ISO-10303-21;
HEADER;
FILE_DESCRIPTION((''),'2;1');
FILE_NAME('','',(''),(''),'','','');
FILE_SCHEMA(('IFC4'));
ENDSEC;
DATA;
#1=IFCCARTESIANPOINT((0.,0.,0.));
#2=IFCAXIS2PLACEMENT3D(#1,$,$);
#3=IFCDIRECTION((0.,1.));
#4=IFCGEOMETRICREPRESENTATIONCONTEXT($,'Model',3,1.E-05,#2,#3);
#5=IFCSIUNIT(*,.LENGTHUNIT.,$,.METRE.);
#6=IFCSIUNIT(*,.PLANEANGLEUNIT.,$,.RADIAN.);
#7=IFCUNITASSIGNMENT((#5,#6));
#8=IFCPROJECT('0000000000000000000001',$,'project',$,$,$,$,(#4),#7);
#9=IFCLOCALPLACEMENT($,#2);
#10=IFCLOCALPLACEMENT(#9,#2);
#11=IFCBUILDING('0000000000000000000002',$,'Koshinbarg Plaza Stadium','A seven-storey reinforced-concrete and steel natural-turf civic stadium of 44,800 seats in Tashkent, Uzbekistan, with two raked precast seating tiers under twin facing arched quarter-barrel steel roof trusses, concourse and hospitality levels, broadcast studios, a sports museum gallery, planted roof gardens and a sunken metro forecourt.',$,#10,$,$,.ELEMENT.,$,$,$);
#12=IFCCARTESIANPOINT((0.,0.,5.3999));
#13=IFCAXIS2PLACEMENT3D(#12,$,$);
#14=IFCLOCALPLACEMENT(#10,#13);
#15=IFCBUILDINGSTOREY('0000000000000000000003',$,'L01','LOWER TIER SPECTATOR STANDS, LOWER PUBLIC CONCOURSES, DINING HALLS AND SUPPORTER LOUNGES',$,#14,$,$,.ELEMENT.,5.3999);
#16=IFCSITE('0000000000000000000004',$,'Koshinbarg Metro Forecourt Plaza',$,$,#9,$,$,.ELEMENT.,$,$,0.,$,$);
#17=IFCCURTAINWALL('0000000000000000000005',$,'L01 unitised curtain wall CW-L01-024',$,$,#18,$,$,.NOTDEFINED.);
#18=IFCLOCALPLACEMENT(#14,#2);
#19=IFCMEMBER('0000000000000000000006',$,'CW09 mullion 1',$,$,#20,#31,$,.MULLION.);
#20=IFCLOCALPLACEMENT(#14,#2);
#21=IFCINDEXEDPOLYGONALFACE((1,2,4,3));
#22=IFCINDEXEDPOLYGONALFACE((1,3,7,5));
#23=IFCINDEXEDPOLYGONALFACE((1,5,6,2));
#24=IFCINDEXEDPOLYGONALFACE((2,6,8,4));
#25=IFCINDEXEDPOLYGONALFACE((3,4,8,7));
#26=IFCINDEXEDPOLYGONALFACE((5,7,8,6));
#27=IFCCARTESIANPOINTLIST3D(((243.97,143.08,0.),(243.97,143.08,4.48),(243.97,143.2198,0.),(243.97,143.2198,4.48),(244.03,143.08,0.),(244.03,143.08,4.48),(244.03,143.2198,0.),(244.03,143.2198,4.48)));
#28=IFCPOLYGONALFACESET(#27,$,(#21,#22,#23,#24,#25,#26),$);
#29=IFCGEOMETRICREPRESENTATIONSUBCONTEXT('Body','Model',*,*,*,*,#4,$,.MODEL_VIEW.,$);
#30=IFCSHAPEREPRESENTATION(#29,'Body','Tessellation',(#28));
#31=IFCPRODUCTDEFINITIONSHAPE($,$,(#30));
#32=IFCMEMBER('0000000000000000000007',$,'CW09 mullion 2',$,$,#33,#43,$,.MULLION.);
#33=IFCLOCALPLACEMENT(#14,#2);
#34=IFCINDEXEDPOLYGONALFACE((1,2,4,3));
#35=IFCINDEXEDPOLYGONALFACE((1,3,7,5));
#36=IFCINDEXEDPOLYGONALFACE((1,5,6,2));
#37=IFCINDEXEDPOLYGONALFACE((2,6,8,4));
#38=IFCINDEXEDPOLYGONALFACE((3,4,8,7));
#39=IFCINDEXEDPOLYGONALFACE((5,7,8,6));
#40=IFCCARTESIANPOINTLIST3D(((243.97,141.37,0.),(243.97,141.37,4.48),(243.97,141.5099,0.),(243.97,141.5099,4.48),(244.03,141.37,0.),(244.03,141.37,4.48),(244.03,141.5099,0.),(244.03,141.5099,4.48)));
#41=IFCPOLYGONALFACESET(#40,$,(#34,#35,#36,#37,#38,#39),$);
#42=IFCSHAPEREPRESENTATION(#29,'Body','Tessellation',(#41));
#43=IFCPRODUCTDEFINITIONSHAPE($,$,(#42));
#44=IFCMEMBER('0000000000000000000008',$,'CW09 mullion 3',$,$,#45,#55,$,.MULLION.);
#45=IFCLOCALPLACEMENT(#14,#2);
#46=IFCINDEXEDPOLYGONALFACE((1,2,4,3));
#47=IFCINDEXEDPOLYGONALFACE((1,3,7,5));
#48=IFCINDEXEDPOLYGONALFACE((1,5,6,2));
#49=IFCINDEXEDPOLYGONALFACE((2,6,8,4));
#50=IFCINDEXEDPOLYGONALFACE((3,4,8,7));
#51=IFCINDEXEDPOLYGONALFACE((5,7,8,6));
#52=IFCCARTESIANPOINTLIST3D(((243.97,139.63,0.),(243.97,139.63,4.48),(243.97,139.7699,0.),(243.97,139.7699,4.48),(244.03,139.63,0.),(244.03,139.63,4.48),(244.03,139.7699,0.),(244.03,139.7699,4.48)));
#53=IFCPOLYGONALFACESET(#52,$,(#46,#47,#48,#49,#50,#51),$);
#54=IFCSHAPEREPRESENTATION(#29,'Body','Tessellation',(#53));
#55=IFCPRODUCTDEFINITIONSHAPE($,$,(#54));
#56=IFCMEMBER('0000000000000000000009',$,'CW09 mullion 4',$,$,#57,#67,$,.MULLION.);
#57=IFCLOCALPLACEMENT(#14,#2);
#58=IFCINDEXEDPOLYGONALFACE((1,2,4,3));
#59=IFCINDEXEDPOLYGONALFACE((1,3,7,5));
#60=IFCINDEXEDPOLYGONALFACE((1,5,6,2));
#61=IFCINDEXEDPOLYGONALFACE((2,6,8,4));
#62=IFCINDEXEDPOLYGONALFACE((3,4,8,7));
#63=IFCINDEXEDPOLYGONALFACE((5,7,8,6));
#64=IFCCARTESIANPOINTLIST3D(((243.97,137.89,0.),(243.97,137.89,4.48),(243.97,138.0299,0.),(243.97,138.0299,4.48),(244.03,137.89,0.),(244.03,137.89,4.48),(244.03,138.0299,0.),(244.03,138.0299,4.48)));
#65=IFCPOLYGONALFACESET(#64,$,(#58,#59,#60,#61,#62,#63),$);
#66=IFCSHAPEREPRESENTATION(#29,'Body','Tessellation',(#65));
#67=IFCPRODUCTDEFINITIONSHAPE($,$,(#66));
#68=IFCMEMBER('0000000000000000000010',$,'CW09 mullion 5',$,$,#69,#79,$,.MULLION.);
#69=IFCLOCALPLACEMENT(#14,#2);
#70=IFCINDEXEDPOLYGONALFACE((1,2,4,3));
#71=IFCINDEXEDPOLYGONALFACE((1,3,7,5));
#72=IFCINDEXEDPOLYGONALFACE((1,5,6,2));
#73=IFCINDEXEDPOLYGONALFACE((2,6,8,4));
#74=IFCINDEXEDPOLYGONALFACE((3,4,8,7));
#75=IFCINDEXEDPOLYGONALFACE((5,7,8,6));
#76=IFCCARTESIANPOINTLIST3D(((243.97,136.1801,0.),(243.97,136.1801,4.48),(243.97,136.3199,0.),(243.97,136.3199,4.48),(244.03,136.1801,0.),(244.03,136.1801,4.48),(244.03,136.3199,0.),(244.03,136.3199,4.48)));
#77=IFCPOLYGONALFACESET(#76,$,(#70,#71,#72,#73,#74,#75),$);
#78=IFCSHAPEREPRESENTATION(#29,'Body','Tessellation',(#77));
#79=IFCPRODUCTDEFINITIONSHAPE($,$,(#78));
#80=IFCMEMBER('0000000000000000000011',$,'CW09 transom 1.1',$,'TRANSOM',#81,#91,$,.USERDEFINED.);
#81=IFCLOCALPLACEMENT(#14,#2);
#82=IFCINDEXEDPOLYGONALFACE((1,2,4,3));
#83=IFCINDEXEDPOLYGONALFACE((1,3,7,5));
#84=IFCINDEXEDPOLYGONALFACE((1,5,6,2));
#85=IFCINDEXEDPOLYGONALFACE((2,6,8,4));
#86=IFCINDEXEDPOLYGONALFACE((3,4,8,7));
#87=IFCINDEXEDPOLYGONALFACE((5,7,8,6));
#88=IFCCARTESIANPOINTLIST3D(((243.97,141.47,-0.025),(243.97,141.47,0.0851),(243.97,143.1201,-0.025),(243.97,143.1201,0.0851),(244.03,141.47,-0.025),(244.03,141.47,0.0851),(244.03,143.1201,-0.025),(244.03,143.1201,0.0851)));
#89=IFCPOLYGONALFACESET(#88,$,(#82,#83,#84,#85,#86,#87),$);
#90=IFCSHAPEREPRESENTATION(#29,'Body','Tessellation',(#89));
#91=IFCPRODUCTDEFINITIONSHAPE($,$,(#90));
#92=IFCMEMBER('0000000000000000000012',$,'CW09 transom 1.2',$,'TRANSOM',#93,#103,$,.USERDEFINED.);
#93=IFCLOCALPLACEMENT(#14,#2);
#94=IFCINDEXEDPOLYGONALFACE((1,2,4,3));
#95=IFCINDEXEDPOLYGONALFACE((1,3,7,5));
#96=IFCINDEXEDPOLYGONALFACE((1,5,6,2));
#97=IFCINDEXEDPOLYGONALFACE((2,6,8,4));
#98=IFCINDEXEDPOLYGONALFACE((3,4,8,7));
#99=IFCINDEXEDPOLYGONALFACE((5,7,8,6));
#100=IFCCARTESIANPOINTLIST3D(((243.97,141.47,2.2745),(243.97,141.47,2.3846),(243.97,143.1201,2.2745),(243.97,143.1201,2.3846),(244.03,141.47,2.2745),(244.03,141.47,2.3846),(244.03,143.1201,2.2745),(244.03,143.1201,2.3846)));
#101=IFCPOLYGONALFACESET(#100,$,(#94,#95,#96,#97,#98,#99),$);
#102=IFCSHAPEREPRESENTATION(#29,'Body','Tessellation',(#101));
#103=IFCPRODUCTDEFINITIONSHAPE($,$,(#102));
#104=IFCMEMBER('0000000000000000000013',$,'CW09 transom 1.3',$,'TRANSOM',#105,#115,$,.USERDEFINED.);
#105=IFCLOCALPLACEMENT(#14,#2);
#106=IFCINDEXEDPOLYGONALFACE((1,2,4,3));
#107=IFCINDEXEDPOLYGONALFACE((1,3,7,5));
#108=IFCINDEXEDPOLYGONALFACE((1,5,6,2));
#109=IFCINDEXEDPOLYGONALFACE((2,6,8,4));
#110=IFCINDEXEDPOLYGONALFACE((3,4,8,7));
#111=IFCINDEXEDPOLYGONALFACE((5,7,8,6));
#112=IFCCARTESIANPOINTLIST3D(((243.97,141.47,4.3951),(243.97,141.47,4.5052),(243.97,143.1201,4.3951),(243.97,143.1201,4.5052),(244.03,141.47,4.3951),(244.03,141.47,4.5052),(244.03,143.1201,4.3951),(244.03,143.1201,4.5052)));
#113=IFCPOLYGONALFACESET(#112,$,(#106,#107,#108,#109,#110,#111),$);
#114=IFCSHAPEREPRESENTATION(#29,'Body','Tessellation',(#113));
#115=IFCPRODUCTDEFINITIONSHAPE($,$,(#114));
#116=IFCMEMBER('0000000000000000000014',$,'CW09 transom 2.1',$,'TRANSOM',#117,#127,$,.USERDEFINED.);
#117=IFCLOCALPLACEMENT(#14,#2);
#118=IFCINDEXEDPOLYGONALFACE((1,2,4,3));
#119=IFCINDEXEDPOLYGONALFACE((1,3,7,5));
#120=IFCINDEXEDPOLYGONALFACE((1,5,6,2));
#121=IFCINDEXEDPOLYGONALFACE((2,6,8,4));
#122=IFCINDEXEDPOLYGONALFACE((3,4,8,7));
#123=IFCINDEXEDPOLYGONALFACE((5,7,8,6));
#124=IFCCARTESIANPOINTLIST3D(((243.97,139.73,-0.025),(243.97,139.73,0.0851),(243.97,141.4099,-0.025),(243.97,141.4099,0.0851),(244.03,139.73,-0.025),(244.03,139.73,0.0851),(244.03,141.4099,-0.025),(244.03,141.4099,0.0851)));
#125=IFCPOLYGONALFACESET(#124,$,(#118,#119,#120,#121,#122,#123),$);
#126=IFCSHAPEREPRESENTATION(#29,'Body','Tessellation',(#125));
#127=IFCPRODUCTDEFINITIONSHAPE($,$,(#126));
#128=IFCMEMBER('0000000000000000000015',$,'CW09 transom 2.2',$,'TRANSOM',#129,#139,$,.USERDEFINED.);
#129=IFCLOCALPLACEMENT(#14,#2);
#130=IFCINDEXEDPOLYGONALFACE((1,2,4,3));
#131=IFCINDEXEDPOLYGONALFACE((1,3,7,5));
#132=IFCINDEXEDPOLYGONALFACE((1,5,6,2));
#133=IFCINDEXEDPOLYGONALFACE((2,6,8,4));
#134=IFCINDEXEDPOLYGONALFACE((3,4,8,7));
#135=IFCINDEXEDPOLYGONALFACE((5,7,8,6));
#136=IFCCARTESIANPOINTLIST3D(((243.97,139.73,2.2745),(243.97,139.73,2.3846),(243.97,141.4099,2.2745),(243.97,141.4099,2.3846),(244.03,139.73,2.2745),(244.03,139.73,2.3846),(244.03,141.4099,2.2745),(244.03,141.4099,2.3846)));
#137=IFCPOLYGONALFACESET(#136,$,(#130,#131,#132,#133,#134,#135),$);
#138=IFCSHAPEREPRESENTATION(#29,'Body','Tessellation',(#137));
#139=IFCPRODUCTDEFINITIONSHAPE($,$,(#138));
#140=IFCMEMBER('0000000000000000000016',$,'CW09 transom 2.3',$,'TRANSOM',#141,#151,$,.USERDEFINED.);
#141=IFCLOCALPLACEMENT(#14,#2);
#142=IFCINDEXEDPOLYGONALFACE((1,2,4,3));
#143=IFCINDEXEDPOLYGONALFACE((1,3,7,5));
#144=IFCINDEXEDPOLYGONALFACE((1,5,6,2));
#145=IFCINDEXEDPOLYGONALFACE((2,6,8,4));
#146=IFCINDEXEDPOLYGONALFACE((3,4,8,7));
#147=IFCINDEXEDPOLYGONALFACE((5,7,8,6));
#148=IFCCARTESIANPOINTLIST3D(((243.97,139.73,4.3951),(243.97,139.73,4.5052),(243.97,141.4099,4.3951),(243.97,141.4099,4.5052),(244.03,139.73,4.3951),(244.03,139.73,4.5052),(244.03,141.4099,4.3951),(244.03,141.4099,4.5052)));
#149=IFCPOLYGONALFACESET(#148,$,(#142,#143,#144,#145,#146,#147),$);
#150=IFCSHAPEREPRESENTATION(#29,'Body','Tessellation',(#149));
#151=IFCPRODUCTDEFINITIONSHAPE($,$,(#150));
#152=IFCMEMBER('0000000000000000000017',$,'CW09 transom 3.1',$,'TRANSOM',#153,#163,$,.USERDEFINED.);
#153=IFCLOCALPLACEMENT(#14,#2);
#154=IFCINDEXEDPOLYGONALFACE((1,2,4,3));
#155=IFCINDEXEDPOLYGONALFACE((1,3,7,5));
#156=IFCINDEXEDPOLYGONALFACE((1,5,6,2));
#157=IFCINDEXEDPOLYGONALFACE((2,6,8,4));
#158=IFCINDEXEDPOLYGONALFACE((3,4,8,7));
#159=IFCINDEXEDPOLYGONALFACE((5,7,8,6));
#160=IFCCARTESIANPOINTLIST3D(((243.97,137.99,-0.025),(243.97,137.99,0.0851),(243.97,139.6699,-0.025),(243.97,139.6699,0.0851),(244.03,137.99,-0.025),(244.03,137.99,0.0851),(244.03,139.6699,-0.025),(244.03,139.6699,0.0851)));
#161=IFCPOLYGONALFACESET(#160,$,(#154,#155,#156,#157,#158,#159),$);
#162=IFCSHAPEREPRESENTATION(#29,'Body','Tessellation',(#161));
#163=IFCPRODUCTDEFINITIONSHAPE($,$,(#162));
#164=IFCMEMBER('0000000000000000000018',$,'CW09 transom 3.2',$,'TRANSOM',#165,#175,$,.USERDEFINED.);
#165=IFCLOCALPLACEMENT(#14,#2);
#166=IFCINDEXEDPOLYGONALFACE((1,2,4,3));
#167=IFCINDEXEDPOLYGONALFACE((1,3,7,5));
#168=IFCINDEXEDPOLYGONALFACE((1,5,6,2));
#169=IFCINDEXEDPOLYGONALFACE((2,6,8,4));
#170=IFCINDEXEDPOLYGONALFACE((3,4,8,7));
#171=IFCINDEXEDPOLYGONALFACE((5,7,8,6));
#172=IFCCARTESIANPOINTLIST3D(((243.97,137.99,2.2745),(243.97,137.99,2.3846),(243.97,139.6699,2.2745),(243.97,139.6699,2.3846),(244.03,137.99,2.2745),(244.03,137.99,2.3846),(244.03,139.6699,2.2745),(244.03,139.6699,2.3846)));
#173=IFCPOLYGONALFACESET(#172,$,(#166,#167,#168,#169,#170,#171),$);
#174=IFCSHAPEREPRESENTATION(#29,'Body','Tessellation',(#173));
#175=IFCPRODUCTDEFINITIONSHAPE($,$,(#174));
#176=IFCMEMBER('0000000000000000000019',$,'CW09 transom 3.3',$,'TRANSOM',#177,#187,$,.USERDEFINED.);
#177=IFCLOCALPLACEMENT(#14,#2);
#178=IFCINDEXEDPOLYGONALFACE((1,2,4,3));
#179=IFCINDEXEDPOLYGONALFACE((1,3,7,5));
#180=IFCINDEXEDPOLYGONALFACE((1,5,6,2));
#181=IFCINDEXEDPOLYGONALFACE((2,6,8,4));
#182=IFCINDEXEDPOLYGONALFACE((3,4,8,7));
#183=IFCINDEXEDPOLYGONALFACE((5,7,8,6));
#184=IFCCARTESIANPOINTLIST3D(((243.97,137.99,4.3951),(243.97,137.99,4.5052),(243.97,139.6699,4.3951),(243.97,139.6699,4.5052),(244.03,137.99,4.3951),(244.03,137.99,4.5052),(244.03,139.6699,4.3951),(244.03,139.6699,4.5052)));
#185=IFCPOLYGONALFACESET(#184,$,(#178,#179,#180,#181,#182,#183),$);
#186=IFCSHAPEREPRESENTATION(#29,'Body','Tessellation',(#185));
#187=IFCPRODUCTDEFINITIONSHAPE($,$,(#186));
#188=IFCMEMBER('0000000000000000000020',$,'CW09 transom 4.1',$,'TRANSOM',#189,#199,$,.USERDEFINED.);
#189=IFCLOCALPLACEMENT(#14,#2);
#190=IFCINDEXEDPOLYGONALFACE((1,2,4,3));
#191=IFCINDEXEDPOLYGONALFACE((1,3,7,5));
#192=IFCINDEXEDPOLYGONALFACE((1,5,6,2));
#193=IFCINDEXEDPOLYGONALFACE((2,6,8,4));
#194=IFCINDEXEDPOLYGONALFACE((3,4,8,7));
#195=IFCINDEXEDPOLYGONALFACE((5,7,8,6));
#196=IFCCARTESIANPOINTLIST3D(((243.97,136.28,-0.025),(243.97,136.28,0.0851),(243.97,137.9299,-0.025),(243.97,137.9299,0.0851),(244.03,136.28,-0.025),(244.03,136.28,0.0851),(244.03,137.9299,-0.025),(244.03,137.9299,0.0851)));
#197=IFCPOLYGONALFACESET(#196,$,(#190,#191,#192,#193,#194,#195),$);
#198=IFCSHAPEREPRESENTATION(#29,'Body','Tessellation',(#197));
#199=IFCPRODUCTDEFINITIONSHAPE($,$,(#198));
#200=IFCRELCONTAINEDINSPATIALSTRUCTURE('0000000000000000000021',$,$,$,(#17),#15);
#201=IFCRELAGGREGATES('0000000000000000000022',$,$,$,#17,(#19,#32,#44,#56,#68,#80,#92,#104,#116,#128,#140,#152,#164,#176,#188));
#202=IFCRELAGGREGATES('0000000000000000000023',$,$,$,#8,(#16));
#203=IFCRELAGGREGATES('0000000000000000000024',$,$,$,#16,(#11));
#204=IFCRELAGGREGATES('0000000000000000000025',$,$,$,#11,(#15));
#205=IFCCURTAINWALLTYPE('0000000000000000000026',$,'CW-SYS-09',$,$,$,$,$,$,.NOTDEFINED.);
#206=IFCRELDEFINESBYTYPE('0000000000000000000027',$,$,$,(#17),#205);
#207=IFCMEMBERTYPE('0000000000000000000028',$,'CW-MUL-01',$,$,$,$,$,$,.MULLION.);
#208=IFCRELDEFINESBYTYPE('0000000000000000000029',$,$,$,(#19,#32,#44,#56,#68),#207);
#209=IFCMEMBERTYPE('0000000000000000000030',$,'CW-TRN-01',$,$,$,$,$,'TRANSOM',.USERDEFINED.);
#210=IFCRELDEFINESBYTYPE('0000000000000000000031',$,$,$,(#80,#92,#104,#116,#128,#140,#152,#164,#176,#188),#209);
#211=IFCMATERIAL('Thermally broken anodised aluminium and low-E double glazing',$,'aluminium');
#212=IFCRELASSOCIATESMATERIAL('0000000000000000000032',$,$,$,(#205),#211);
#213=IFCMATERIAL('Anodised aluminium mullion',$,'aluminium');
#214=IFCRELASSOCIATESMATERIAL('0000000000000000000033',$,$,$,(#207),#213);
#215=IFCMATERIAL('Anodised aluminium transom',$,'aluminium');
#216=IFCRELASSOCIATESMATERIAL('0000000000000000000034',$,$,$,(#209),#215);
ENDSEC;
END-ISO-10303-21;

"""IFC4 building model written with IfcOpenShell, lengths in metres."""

from ifc_helpers import new_model, si_unit, direction, frame, origin, origin_2d, place, context, subcontext, project, spatial, rectangle, extrude, material, material_profile, profile_set, type_object, element, aggregate, save


model = new_model("IFC4")

# Units and contexts
model_context = context("Model", 3, precision=1e-05, world=origin(), true_north=direction((0.0, 1.0)))
body_context = subcontext(model_context, "Body", "Model", "MODEL_VIEW")
ifc_project = project(units=[si_unit("LENGTHUNIT", "METRE"), si_unit("PLANEANGLEUNIT", "RADIAN")], contexts=[model_context])

# Site, building, storey
site_placement = place(None, origin())
site = spatial("IfcSite", under=ifc_project, at=site_placement, Name="Koshinbarg Metro Forecourt Plaza", CompositionType="ELEMENT", RefElevation=0.0)
building_placement = place(site_placement, origin())
building = spatial("IfcBuilding", under=site, at=building_placement, Name="Koshinbarg Plaza Stadium", Description="A seven-storey reinforced-concrete and steel natural-turf civic stadium of 44,800 seats in Tashkent, Uzbekistan, with two raked precast seating tiers under twin facing arched quarter-barrel steel roof trusses, concourse and hospitality levels, broadcast studios, a sports museum gallery, planted roof gardens and a sunken metro forecourt.", CompositionType="ELEMENT")
storey_placement = place(building_placement, frame((0.0, 0.0, 5.3999)))
storey = spatial("IfcBuildingStorey", under=building, at=storey_placement, Name="L01", Description="LOWER TIER SPECTATOR STANDS, LOWER PUBLIC CONCOURSES, DINING HALLS AND SUPPORTER LOUNGES", CompositionType="ELEMENT", Elevation=5.3999)

# Curtain wall, members
ifc_material_1 = material(Name="Thermally broken anodised aluminium and low-E double glazing", Category="aluminium")
curtain_wall_type = type_object("IfcCurtainWallType", Name="CW-SYS-09", PredefinedType="NOTDEFINED", material=ifc_material_1)
curtain_wall_placement = place(storey_placement, origin())
curtain_wall = element("IfcCurtainWall", 1, at=curtain_wall_placement, inside=storey, type_object=curtain_wall_type, Name="L01 unitised curtain wall CW-L01-024", PredefinedType="NOTDEFINED")
ifc_material_2 = material(Name="Anodised aluminium mullion", Category="aluminium")
ifc_material_profile_1 = material_profile(ifc_material_2, rectangle(XDim=0.0601, YDim=0.1399, at=origin_2d()), Name="ALU 60x140")
ifc_profile_set_1 = profile_set([ifc_material_profile_1], Name="Anodised aluminium mullion")
member_type_1 = type_object("IfcMemberType", Name="CW-MUL-01", PredefinedType="MULLION", material=ifc_profile_set_1)
member_1_placement = place(storey_placement, frame((244.0, 143.1499, 0.0), z_axis=(0.0, 0.0, 1.0), x_axis=(1.0, 0.0, 0.0)))
member_1 = element("IfcMember", 2, at=member_1_placement, type_object=member_type_1, Name="CW09 mullion 1", PredefinedType="MULLION", context=body_context, shape_type="SweptSolid", body=[
    extrude(rectangle(XDim=0.0601, YDim=0.1399, at=origin_2d()), origin(), (0.0, 0.0, 1.0), 4.48),
])
member_2_placement = place(storey_placement, frame((244.0, 141.4399, 0.0), z_axis=(0.0, 0.0, 1.0), x_axis=(1.0, 0.0, 0.0)))
member_2 = element("IfcMember", 3, at=member_2_placement, type_object=member_type_1, Name="CW09 mullion 2", PredefinedType="MULLION", context=body_context, shape_type="SweptSolid", body=[
    extrude(rectangle(XDim=0.0601, YDim=0.1399, at=origin_2d()), origin(), (0.0, 0.0, 1.0), 4.48),
])
member_3_placement = place(storey_placement, frame((244.0, 139.7, 0.0), z_axis=(0.0, 0.0, 1.0), x_axis=(1.0, 0.0, 0.0)))
member_3 = element("IfcMember", 4, at=member_3_placement, type_object=member_type_1, Name="CW09 mullion 3", PredefinedType="MULLION", context=body_context, shape_type="SweptSolid", body=[
    extrude(rectangle(XDim=0.0601, YDim=0.1399, at=origin_2d()), origin(), (0.0, 0.0, 1.0), 4.48),
])
member_4_placement = place(storey_placement, frame((244.0, 137.96, 0.0), z_axis=(0.0, 0.0, 1.0), x_axis=(1.0, 0.0, 0.0)))
member_4 = element("IfcMember", 5, at=member_4_placement, type_object=member_type_1, Name="CW09 mullion 4", PredefinedType="MULLION", context=body_context, shape_type="SweptSolid", body=[
    extrude(rectangle(XDim=0.0601, YDim=0.1399, at=origin_2d()), origin(), (0.0, 0.0, 1.0), 4.48),
])
member_5_placement = place(storey_placement, frame((244.0, 136.25, 0.0), z_axis=(0.0, 0.0, 1.0), x_axis=(1.0, 0.0, 0.0)))
member_5 = element("IfcMember", 6, at=member_5_placement, type_object=member_type_1, Name="CW09 mullion 5", PredefinedType="MULLION", context=body_context, shape_type="SweptSolid", body=[
    extrude(rectangle(XDim=0.0601, YDim=0.1399, at=origin_2d()), origin(), (0.0, 0.0, 1.0), 4.48),
])
ifc_material_3 = material(Name="Anodised aluminium transom", Category="aluminium")
ifc_material_profile_2 = material_profile(ifc_material_3, rectangle(XDim=0.0601, YDim=0.1101, at=origin_2d()), Name="ALU 60x110")
ifc_profile_set_2 = profile_set([ifc_material_profile_2], Name="Anodised aluminium transom")
member_type_2 = type_object("IfcMemberType", Name="CW-TRN-01", ElementType="TRANSOM", PredefinedType="USERDEFINED", material=ifc_profile_set_2)
member_6_placement = place(storey_placement, frame((244.0, 143.1201, 0.03), z_axis=(0.0, -1.0, 0.0), x_axis=(1.0, 0.0, 0.0)))
member_6 = element("IfcMember", 7, at=member_6_placement, type_object=member_type_2, Name="CW09 transom 1.1", ObjectType="TRANSOM", PredefinedType="USERDEFINED", context=body_context, shape_type="SweptSolid", body=[
    extrude(rectangle(XDim=0.0601, YDim=0.1101, at=origin_2d()), origin(), (0.0, 0.0, 1.0), 1.6501),
])
member_7_placement = place(storey_placement, frame((244.0, 143.1201, 2.3296), z_axis=(0.0, -1.0, 0.0), x_axis=(1.0, 0.0, 0.0)))
member_7 = element("IfcMember", 8, at=member_7_placement, type_object=member_type_2, Name="CW09 transom 1.2", ObjectType="TRANSOM", PredefinedType="USERDEFINED", context=body_context, shape_type="SweptSolid", body=[
    extrude(rectangle(XDim=0.0601, YDim=0.1101, at=origin_2d()), origin(), (0.0, 0.0, 1.0), 1.6501),
])
member_8_placement = place(storey_placement, frame((244.0, 143.1201, 4.4502), z_axis=(0.0, -1.0, 0.0), x_axis=(1.0, 0.0, 0.0)))
member_8 = element("IfcMember", 9, at=member_8_placement, type_object=member_type_2, Name="CW09 transom 1.3", ObjectType="TRANSOM", PredefinedType="USERDEFINED", context=body_context, shape_type="SweptSolid", body=[
    extrude(rectangle(XDim=0.0601, YDim=0.1101, at=origin_2d()), origin(), (0.0, 0.0, 1.0), 1.6501),
])
member_9_placement = place(storey_placement, frame((244.0, 141.4099, 0.03), z_axis=(0.0, -1.0, 0.0), x_axis=(1.0, 0.0, 0.0)))
member_9 = element("IfcMember", 10, at=member_9_placement, type_object=member_type_2, Name="CW09 transom 2.1", ObjectType="TRANSOM", PredefinedType="USERDEFINED", context=body_context, shape_type="SweptSolid", body=[
    extrude(rectangle(XDim=0.0601, YDim=0.1101, at=origin_2d()), origin(), (0.0, 0.0, 1.0), 1.6799),
])
member_10_placement = place(storey_placement, frame((244.0, 141.4099, 2.3296), z_axis=(0.0, -1.0, 0.0), x_axis=(1.0, 0.0, 0.0)))
member_10 = element("IfcMember", 11, at=member_10_placement, type_object=member_type_2, Name="CW09 transom 2.2", ObjectType="TRANSOM", PredefinedType="USERDEFINED", context=body_context, shape_type="SweptSolid", body=[
    extrude(rectangle(XDim=0.0601, YDim=0.1101, at=origin_2d()), origin(), (0.0, 0.0, 1.0), 1.6799),
])
member_11_placement = place(storey_placement, frame((244.0, 141.4099, 4.4502), z_axis=(0.0, -1.0, 0.0), x_axis=(1.0, 0.0, 0.0)))
member_11 = element("IfcMember", 12, at=member_11_placement, type_object=member_type_2, Name="CW09 transom 2.3", ObjectType="TRANSOM", PredefinedType="USERDEFINED", context=body_context, shape_type="SweptSolid", body=[
    extrude(rectangle(XDim=0.0601, YDim=0.1101, at=origin_2d()), origin(), (0.0, 0.0, 1.0), 1.6799),
])
member_12_placement = place(storey_placement, frame((244.0, 139.6699, 0.03), z_axis=(0.0, -1.0, 0.0), x_axis=(1.0, 0.0, 0.0)))
member_12 = element("IfcMember", 13, at=member_12_placement, type_object=member_type_2, Name="CW09 transom 3.1", ObjectType="TRANSOM", PredefinedType="USERDEFINED", context=body_context, shape_type="SweptSolid", body=[
    extrude(rectangle(XDim=0.0601, YDim=0.1101, at=origin_2d()), origin(), (0.0, 0.0, 1.0), 1.6799),
])
member_13_placement = place(storey_placement, frame((244.0, 139.6699, 2.3296), z_axis=(0.0, -1.0, 0.0), x_axis=(1.0, 0.0, 0.0)))
member_13 = element("IfcMember", 14, at=member_13_placement, type_object=member_type_2, Name="CW09 transom 3.2", ObjectType="TRANSOM", PredefinedType="USERDEFINED", context=body_context, shape_type="SweptSolid", body=[
    extrude(rectangle(XDim=0.0601, YDim=0.1101, at=origin_2d()), origin(), (0.0, 0.0, 1.0), 1.6799),
])
member_14_placement = place(storey_placement, frame((244.0, 139.6699, 4.4502), z_axis=(0.0, -1.0, 0.0), x_axis=(1.0, 0.0, 0.0)))
member_14 = element("IfcMember", 15, at=member_14_placement, type_object=member_type_2, Name="CW09 transom 3.3", ObjectType="TRANSOM", PredefinedType="USERDEFINED", context=body_context, shape_type="SweptSolid", body=[
    extrude(rectangle(XDim=0.0601, YDim=0.1101, at=origin_2d()), origin(), (0.0, 0.0, 1.0), 1.6799),
])
member_15_placement = place(storey_placement, frame((244.0, 137.9299, 0.03), z_axis=(0.0, -1.0, 0.0), x_axis=(1.0, 0.0, 0.0)))
member_15 = element("IfcMember", 16, at=member_15_placement, type_object=member_type_2, Name="CW09 transom 4.1", ObjectType="TRANSOM", PredefinedType="USERDEFINED", context=body_context, shape_type="SweptSolid", body=[
    extrude(rectangle(XDim=0.0601, YDim=0.1101, at=origin_2d()), origin(), (0.0, 0.0, 1.0), 1.6499),
])
aggregate(curtain_wall, [member_1, member_2, member_3, member_4, member_5, member_6, member_7, member_8, member_9, member_10, member_11, member_12, member_13, member_14, member_15])

save(model, "model.ifc")
